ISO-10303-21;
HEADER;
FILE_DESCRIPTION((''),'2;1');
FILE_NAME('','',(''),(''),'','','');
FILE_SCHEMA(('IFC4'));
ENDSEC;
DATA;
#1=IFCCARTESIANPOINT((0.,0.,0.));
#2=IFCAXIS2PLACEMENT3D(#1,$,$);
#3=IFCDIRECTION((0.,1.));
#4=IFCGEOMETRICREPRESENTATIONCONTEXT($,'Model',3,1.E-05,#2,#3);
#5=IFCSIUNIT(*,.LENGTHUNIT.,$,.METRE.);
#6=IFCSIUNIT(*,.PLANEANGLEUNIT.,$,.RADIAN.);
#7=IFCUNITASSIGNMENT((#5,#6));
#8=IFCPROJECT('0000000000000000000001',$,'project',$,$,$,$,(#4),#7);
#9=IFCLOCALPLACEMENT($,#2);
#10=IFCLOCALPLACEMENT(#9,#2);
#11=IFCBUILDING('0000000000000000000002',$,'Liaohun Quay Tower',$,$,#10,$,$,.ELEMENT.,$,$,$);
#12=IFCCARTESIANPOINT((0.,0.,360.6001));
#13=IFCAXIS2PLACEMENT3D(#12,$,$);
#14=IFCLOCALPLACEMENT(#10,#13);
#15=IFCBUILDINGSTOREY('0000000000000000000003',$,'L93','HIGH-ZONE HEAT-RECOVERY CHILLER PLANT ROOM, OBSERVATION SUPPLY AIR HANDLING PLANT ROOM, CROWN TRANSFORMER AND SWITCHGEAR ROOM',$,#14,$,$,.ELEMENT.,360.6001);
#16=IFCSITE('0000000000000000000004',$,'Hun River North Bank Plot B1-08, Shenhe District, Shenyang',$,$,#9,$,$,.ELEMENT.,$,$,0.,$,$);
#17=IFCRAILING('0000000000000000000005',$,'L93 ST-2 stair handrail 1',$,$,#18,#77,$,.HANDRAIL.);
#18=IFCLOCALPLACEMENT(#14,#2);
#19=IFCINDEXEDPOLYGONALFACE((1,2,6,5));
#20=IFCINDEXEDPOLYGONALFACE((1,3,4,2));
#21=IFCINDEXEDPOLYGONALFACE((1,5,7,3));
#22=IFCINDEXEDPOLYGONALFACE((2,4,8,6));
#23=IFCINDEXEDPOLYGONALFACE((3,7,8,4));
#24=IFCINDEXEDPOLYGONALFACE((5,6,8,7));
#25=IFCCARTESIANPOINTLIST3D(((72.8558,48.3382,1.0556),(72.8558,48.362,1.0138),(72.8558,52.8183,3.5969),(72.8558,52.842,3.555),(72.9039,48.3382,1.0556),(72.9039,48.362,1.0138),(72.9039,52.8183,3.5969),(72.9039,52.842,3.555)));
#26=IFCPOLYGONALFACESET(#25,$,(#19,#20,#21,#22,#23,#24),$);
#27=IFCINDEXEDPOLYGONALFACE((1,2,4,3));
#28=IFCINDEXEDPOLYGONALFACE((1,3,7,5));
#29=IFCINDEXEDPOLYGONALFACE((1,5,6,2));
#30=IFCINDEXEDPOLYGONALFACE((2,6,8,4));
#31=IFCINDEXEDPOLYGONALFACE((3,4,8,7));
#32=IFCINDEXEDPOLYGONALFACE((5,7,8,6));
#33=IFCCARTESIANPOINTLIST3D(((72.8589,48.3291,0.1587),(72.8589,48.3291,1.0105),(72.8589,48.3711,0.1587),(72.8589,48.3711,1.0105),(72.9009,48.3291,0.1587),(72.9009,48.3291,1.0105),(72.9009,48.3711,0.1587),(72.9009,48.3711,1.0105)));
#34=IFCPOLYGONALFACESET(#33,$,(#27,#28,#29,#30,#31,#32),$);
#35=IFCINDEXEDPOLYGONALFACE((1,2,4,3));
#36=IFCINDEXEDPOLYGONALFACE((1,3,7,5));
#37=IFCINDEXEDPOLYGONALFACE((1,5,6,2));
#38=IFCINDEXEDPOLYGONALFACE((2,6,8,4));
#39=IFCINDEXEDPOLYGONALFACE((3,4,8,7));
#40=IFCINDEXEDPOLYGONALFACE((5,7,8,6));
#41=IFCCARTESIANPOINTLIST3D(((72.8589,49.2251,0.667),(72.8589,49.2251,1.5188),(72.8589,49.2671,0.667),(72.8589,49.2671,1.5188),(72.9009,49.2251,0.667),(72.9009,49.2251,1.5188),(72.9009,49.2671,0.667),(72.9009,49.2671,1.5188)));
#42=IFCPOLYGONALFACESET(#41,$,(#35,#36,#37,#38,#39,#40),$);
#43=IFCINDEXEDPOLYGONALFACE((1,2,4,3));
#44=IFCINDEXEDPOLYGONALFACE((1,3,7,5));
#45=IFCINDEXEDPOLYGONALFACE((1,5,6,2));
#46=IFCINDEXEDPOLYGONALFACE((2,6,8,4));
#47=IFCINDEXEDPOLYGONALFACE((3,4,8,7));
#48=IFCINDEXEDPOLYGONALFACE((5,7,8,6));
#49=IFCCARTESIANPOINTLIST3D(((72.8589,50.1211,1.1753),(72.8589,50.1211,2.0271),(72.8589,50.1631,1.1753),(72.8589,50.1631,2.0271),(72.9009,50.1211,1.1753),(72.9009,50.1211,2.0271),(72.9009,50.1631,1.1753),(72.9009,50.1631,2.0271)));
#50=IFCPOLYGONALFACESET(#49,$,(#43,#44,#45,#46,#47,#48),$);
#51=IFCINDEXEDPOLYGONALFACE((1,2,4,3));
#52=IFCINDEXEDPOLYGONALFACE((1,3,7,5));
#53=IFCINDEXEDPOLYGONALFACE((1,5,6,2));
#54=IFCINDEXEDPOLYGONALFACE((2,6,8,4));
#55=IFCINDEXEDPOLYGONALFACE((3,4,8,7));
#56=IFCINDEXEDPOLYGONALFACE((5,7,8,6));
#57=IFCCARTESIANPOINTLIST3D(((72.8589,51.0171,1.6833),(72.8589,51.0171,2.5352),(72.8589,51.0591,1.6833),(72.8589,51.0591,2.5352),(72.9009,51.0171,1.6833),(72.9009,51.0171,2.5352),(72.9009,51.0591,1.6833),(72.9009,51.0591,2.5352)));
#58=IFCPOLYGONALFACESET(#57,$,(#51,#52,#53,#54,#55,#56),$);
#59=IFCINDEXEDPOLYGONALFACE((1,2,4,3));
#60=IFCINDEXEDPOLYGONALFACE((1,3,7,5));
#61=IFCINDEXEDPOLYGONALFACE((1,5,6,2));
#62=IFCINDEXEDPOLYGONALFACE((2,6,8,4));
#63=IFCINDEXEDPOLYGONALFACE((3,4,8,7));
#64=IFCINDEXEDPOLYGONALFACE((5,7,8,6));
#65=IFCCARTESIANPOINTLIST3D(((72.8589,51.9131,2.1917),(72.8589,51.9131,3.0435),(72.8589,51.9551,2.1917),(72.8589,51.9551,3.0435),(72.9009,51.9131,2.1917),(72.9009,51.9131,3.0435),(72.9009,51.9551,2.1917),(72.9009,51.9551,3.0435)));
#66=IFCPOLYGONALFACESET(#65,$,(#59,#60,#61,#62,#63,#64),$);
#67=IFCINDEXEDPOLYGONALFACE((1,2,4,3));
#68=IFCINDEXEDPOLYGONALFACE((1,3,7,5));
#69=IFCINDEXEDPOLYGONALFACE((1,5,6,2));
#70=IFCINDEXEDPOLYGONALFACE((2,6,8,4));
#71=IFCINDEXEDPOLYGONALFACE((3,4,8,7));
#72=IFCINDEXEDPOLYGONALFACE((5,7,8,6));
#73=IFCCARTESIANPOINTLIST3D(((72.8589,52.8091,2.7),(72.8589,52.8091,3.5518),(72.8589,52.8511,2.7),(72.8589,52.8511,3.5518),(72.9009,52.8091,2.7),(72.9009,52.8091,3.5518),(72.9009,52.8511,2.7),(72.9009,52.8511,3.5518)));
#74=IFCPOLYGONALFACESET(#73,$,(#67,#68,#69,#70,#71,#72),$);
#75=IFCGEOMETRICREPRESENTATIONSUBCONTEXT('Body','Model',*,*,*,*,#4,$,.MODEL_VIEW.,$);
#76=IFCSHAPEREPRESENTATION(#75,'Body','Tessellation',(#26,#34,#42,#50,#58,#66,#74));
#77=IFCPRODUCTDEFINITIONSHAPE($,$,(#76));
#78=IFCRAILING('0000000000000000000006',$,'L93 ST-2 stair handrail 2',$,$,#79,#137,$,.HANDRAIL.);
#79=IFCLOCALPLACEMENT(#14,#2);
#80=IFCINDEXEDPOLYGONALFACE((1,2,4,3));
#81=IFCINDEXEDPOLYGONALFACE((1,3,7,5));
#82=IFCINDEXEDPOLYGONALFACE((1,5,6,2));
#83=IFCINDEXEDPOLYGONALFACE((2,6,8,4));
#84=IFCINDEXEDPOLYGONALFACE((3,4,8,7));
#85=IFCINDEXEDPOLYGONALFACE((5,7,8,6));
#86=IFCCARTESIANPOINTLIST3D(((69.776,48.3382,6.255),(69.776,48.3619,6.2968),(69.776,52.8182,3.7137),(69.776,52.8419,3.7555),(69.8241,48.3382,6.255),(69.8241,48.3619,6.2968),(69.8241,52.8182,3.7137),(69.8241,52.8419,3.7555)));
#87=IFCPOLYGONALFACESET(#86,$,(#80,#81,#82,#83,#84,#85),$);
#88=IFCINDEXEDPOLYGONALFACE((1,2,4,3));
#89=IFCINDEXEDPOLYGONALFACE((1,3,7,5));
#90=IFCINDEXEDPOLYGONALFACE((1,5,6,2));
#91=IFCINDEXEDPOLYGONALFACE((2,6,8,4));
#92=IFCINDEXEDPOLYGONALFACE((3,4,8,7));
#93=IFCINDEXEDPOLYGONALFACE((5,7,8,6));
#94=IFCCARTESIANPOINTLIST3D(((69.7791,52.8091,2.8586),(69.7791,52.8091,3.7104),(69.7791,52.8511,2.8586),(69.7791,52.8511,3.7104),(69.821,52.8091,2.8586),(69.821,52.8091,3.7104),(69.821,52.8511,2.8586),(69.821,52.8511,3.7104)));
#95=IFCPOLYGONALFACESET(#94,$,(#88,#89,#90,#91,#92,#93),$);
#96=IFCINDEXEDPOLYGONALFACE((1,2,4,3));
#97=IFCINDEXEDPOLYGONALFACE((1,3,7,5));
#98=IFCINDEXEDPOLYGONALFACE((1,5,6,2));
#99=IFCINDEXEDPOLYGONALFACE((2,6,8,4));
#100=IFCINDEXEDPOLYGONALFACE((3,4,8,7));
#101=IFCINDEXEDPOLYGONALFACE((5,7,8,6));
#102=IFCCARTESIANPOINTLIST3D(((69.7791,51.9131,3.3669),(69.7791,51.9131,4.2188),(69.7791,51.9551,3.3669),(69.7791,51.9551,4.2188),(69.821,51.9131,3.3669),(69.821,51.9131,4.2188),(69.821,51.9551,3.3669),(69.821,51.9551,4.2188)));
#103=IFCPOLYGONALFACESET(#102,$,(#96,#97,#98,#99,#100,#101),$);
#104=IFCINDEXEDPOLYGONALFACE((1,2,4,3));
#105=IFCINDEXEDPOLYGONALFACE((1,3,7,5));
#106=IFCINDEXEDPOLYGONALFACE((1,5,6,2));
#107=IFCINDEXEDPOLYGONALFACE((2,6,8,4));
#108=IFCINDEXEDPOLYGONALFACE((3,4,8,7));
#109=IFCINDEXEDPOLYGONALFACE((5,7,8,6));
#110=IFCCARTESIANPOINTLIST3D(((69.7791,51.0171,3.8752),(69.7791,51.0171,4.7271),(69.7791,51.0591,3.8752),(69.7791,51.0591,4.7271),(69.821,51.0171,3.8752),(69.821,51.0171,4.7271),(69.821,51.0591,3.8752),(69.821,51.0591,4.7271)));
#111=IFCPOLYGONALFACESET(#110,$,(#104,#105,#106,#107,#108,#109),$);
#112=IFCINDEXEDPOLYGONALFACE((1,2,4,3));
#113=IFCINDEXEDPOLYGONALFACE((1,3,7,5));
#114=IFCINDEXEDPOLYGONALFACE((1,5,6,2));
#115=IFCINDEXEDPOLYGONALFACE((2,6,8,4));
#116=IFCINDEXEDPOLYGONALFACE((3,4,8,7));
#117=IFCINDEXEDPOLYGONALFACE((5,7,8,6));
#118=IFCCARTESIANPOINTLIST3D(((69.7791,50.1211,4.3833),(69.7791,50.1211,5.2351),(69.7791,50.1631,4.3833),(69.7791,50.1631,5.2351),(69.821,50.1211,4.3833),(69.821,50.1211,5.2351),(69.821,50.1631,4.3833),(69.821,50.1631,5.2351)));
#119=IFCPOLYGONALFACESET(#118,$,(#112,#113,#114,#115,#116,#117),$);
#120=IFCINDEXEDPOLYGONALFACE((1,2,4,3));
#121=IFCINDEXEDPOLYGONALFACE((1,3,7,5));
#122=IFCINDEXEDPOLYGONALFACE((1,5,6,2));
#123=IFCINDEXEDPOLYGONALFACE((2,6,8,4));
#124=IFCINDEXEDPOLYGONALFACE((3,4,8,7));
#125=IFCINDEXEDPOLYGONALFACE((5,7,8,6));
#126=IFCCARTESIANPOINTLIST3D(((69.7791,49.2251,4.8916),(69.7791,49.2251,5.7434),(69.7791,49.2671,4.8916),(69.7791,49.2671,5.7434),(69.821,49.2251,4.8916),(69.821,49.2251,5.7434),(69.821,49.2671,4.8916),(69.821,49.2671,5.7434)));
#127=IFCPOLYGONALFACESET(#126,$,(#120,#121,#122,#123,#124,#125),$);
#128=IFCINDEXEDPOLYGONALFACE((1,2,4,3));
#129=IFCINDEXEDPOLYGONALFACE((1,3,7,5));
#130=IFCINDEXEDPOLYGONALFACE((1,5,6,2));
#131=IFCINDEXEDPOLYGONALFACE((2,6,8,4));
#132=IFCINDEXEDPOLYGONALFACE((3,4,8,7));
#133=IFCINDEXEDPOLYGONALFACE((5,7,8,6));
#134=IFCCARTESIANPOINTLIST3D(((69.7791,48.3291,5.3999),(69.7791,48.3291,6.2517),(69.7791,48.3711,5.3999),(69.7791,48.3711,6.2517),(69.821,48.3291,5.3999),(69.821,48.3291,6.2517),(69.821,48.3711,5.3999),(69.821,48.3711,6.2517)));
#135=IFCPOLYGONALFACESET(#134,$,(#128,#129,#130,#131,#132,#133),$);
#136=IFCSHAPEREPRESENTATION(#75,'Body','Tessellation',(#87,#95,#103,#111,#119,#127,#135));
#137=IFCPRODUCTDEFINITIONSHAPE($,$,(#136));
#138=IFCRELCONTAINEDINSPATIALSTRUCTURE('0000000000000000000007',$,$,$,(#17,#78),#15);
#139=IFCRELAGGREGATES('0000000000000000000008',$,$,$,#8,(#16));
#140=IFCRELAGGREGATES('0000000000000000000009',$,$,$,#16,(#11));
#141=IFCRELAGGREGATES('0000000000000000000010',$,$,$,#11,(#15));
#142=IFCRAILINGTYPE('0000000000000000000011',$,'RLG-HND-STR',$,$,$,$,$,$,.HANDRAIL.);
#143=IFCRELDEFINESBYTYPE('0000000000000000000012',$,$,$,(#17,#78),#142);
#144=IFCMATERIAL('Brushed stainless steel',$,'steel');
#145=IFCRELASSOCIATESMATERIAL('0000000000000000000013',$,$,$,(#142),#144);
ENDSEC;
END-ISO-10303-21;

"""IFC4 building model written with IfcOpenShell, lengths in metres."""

from ifc_helpers import new_model, si_unit, direction, frame, origin, origin_2d, place, context, subcontext, project, spatial, rectangle, extrude, material, type_object, element, save


model = new_model("IFC4")

# Units and contexts
model_context = context("Model", 3, precision=1e-05, world=origin(), true_north=direction((0.0, 1.0)))
body_context = subcontext(model_context, "Body", "Model", "MODEL_VIEW")
ifc_project = project(units=[si_unit("LENGTHUNIT", "METRE"), si_unit("PLANEANGLEUNIT", "RADIAN")], contexts=[model_context])

# Site, building, storey
site_placement = place(None, origin())
site = spatial("IfcSite", under=ifc_project, at=site_placement, Name="Hun River North Bank Plot B1-08, Shenhe District, Shenyang", CompositionType="ELEMENT", RefElevation=0.0)
building_placement = place(site_placement, origin())
building = spatial("IfcBuilding", under=site, at=building_placement, Name="Liaohun Quay Tower", CompositionType="ELEMENT")
storey_placement = place(building_placement, frame((0.0, 0.0, 360.6001)))
storey = spatial("IfcBuildingStorey", under=building, at=storey_placement, Name="L93", Description="HIGH-ZONE HEAT-RECOVERY CHILLER PLANT ROOM, OBSERVATION SUPPLY AIR HANDLING PLANT ROOM, CROWN TRANSFORMER AND SWITCHGEAR ROOM", CompositionType="ELEMENT", Elevation=360.6001)

# Railings
ifc_material_1 = material(Name="Brushed stainless steel", Category="steel")
railing_type_1 = type_object("IfcRailingType", Name="RLG-HND-STR", PredefinedType="HANDRAIL", material=ifc_material_1)
railing_1_placement = place(storey_placement, frame((72.8799, 48.3501, 0.1587)))
element("IfcRailing", 1, at=railing_1_placement, inside=storey, type_object=railing_type_1, Name="L93 ST-2 stair handrail 1", PredefinedType="HANDRAIL", context=body_context, shape_type="SweptSolid", body=[
    extrude(rectangle(XDim=0.0481, YDim=0.0481, at=origin_2d()), frame((0.0, 0.0, 0.876), z_axis=(0.0, 0.869805, 0.493395), x_axis=(-1.0, 0.0, 0.0)), (0.0, 0.0, 1.0), 5.1506),
    extrude(rectangle(XDim=0.042, YDim=0.042, at=origin_2d()), origin(), (0.0, 0.0, 1.0), 0.8518),
    extrude(rectangle(XDim=0.042, YDim=0.042, at=origin_2d()), frame((0.0, 0.896, 0.5083)), (0.0, 0.0, 1.0), 0.8518),
    extrude(rectangle(XDim=0.042, YDim=0.042, at=origin_2d()), frame((0.0, 1.792, 1.0166)), (0.0, 0.0, 1.0), 0.8518),
    extrude(rectangle(XDim=0.042, YDim=0.042, at=origin_2d()), frame((0.0, 2.688, 1.5247)), (0.0, 0.0, 1.0), 0.8518),
    extrude(rectangle(XDim=0.042, YDim=0.042, at=origin_2d()), frame((0.0, 3.584, 2.033)), (0.0, 0.0, 1.0), 0.8518),
    extrude(rectangle(XDim=0.042, YDim=0.042, at=origin_2d()), frame((0.0, 4.48, 2.5413)), (0.0, 0.0, 1.0), 0.8518),
])
railing_2_placement = place(storey_placement, frame((69.8, 52.8301, 2.8586)))
element("IfcRailing", 2, at=railing_2_placement, inside=storey, type_object=railing_type_1, Name="L93 ST-2 stair handrail 2", PredefinedType="HANDRAIL", context=body_context, shape_type="SweptSolid", body=[
    extrude(rectangle(XDim=0.0481, YDim=0.0481, at=origin_2d()), frame((0.0, 0.0, 0.876), z_axis=(0.0, -0.869805, 0.493395), x_axis=(1.0, 0.0, 0.0)), (0.0, 0.0, 1.0), 5.1506),
    extrude(rectangle(XDim=0.042, YDim=0.042, at=origin_2d()), origin(), (0.0, 0.0, 1.0), 0.8518),
    extrude(rectangle(XDim=0.042, YDim=0.042, at=origin_2d()), frame((0.0, -0.896, 0.5083)), (0.0, 0.0, 1.0), 0.8518),
    extrude(rectangle(XDim=0.042, YDim=0.042, at=origin_2d()), frame((0.0, -1.792, 1.0166)), (0.0, 0.0, 1.0), 0.8518),
    extrude(rectangle(XDim=0.042, YDim=0.042, at=origin_2d()), frame((0.0, -2.688, 1.5247)), (0.0, 0.0, 1.0), 0.8518),
    extrude(rectangle(XDim=0.042, YDim=0.042, at=origin_2d()), frame((0.0, -3.584, 2.033)), (0.0, 0.0, 1.0), 0.8518),
    extrude(rectangle(XDim=0.042, YDim=0.042, at=origin_2d()), frame((0.0, -4.48, 2.5413)), (0.0, 0.0, 1.0), 0.8518),
])

save(model, "model.ifc")
